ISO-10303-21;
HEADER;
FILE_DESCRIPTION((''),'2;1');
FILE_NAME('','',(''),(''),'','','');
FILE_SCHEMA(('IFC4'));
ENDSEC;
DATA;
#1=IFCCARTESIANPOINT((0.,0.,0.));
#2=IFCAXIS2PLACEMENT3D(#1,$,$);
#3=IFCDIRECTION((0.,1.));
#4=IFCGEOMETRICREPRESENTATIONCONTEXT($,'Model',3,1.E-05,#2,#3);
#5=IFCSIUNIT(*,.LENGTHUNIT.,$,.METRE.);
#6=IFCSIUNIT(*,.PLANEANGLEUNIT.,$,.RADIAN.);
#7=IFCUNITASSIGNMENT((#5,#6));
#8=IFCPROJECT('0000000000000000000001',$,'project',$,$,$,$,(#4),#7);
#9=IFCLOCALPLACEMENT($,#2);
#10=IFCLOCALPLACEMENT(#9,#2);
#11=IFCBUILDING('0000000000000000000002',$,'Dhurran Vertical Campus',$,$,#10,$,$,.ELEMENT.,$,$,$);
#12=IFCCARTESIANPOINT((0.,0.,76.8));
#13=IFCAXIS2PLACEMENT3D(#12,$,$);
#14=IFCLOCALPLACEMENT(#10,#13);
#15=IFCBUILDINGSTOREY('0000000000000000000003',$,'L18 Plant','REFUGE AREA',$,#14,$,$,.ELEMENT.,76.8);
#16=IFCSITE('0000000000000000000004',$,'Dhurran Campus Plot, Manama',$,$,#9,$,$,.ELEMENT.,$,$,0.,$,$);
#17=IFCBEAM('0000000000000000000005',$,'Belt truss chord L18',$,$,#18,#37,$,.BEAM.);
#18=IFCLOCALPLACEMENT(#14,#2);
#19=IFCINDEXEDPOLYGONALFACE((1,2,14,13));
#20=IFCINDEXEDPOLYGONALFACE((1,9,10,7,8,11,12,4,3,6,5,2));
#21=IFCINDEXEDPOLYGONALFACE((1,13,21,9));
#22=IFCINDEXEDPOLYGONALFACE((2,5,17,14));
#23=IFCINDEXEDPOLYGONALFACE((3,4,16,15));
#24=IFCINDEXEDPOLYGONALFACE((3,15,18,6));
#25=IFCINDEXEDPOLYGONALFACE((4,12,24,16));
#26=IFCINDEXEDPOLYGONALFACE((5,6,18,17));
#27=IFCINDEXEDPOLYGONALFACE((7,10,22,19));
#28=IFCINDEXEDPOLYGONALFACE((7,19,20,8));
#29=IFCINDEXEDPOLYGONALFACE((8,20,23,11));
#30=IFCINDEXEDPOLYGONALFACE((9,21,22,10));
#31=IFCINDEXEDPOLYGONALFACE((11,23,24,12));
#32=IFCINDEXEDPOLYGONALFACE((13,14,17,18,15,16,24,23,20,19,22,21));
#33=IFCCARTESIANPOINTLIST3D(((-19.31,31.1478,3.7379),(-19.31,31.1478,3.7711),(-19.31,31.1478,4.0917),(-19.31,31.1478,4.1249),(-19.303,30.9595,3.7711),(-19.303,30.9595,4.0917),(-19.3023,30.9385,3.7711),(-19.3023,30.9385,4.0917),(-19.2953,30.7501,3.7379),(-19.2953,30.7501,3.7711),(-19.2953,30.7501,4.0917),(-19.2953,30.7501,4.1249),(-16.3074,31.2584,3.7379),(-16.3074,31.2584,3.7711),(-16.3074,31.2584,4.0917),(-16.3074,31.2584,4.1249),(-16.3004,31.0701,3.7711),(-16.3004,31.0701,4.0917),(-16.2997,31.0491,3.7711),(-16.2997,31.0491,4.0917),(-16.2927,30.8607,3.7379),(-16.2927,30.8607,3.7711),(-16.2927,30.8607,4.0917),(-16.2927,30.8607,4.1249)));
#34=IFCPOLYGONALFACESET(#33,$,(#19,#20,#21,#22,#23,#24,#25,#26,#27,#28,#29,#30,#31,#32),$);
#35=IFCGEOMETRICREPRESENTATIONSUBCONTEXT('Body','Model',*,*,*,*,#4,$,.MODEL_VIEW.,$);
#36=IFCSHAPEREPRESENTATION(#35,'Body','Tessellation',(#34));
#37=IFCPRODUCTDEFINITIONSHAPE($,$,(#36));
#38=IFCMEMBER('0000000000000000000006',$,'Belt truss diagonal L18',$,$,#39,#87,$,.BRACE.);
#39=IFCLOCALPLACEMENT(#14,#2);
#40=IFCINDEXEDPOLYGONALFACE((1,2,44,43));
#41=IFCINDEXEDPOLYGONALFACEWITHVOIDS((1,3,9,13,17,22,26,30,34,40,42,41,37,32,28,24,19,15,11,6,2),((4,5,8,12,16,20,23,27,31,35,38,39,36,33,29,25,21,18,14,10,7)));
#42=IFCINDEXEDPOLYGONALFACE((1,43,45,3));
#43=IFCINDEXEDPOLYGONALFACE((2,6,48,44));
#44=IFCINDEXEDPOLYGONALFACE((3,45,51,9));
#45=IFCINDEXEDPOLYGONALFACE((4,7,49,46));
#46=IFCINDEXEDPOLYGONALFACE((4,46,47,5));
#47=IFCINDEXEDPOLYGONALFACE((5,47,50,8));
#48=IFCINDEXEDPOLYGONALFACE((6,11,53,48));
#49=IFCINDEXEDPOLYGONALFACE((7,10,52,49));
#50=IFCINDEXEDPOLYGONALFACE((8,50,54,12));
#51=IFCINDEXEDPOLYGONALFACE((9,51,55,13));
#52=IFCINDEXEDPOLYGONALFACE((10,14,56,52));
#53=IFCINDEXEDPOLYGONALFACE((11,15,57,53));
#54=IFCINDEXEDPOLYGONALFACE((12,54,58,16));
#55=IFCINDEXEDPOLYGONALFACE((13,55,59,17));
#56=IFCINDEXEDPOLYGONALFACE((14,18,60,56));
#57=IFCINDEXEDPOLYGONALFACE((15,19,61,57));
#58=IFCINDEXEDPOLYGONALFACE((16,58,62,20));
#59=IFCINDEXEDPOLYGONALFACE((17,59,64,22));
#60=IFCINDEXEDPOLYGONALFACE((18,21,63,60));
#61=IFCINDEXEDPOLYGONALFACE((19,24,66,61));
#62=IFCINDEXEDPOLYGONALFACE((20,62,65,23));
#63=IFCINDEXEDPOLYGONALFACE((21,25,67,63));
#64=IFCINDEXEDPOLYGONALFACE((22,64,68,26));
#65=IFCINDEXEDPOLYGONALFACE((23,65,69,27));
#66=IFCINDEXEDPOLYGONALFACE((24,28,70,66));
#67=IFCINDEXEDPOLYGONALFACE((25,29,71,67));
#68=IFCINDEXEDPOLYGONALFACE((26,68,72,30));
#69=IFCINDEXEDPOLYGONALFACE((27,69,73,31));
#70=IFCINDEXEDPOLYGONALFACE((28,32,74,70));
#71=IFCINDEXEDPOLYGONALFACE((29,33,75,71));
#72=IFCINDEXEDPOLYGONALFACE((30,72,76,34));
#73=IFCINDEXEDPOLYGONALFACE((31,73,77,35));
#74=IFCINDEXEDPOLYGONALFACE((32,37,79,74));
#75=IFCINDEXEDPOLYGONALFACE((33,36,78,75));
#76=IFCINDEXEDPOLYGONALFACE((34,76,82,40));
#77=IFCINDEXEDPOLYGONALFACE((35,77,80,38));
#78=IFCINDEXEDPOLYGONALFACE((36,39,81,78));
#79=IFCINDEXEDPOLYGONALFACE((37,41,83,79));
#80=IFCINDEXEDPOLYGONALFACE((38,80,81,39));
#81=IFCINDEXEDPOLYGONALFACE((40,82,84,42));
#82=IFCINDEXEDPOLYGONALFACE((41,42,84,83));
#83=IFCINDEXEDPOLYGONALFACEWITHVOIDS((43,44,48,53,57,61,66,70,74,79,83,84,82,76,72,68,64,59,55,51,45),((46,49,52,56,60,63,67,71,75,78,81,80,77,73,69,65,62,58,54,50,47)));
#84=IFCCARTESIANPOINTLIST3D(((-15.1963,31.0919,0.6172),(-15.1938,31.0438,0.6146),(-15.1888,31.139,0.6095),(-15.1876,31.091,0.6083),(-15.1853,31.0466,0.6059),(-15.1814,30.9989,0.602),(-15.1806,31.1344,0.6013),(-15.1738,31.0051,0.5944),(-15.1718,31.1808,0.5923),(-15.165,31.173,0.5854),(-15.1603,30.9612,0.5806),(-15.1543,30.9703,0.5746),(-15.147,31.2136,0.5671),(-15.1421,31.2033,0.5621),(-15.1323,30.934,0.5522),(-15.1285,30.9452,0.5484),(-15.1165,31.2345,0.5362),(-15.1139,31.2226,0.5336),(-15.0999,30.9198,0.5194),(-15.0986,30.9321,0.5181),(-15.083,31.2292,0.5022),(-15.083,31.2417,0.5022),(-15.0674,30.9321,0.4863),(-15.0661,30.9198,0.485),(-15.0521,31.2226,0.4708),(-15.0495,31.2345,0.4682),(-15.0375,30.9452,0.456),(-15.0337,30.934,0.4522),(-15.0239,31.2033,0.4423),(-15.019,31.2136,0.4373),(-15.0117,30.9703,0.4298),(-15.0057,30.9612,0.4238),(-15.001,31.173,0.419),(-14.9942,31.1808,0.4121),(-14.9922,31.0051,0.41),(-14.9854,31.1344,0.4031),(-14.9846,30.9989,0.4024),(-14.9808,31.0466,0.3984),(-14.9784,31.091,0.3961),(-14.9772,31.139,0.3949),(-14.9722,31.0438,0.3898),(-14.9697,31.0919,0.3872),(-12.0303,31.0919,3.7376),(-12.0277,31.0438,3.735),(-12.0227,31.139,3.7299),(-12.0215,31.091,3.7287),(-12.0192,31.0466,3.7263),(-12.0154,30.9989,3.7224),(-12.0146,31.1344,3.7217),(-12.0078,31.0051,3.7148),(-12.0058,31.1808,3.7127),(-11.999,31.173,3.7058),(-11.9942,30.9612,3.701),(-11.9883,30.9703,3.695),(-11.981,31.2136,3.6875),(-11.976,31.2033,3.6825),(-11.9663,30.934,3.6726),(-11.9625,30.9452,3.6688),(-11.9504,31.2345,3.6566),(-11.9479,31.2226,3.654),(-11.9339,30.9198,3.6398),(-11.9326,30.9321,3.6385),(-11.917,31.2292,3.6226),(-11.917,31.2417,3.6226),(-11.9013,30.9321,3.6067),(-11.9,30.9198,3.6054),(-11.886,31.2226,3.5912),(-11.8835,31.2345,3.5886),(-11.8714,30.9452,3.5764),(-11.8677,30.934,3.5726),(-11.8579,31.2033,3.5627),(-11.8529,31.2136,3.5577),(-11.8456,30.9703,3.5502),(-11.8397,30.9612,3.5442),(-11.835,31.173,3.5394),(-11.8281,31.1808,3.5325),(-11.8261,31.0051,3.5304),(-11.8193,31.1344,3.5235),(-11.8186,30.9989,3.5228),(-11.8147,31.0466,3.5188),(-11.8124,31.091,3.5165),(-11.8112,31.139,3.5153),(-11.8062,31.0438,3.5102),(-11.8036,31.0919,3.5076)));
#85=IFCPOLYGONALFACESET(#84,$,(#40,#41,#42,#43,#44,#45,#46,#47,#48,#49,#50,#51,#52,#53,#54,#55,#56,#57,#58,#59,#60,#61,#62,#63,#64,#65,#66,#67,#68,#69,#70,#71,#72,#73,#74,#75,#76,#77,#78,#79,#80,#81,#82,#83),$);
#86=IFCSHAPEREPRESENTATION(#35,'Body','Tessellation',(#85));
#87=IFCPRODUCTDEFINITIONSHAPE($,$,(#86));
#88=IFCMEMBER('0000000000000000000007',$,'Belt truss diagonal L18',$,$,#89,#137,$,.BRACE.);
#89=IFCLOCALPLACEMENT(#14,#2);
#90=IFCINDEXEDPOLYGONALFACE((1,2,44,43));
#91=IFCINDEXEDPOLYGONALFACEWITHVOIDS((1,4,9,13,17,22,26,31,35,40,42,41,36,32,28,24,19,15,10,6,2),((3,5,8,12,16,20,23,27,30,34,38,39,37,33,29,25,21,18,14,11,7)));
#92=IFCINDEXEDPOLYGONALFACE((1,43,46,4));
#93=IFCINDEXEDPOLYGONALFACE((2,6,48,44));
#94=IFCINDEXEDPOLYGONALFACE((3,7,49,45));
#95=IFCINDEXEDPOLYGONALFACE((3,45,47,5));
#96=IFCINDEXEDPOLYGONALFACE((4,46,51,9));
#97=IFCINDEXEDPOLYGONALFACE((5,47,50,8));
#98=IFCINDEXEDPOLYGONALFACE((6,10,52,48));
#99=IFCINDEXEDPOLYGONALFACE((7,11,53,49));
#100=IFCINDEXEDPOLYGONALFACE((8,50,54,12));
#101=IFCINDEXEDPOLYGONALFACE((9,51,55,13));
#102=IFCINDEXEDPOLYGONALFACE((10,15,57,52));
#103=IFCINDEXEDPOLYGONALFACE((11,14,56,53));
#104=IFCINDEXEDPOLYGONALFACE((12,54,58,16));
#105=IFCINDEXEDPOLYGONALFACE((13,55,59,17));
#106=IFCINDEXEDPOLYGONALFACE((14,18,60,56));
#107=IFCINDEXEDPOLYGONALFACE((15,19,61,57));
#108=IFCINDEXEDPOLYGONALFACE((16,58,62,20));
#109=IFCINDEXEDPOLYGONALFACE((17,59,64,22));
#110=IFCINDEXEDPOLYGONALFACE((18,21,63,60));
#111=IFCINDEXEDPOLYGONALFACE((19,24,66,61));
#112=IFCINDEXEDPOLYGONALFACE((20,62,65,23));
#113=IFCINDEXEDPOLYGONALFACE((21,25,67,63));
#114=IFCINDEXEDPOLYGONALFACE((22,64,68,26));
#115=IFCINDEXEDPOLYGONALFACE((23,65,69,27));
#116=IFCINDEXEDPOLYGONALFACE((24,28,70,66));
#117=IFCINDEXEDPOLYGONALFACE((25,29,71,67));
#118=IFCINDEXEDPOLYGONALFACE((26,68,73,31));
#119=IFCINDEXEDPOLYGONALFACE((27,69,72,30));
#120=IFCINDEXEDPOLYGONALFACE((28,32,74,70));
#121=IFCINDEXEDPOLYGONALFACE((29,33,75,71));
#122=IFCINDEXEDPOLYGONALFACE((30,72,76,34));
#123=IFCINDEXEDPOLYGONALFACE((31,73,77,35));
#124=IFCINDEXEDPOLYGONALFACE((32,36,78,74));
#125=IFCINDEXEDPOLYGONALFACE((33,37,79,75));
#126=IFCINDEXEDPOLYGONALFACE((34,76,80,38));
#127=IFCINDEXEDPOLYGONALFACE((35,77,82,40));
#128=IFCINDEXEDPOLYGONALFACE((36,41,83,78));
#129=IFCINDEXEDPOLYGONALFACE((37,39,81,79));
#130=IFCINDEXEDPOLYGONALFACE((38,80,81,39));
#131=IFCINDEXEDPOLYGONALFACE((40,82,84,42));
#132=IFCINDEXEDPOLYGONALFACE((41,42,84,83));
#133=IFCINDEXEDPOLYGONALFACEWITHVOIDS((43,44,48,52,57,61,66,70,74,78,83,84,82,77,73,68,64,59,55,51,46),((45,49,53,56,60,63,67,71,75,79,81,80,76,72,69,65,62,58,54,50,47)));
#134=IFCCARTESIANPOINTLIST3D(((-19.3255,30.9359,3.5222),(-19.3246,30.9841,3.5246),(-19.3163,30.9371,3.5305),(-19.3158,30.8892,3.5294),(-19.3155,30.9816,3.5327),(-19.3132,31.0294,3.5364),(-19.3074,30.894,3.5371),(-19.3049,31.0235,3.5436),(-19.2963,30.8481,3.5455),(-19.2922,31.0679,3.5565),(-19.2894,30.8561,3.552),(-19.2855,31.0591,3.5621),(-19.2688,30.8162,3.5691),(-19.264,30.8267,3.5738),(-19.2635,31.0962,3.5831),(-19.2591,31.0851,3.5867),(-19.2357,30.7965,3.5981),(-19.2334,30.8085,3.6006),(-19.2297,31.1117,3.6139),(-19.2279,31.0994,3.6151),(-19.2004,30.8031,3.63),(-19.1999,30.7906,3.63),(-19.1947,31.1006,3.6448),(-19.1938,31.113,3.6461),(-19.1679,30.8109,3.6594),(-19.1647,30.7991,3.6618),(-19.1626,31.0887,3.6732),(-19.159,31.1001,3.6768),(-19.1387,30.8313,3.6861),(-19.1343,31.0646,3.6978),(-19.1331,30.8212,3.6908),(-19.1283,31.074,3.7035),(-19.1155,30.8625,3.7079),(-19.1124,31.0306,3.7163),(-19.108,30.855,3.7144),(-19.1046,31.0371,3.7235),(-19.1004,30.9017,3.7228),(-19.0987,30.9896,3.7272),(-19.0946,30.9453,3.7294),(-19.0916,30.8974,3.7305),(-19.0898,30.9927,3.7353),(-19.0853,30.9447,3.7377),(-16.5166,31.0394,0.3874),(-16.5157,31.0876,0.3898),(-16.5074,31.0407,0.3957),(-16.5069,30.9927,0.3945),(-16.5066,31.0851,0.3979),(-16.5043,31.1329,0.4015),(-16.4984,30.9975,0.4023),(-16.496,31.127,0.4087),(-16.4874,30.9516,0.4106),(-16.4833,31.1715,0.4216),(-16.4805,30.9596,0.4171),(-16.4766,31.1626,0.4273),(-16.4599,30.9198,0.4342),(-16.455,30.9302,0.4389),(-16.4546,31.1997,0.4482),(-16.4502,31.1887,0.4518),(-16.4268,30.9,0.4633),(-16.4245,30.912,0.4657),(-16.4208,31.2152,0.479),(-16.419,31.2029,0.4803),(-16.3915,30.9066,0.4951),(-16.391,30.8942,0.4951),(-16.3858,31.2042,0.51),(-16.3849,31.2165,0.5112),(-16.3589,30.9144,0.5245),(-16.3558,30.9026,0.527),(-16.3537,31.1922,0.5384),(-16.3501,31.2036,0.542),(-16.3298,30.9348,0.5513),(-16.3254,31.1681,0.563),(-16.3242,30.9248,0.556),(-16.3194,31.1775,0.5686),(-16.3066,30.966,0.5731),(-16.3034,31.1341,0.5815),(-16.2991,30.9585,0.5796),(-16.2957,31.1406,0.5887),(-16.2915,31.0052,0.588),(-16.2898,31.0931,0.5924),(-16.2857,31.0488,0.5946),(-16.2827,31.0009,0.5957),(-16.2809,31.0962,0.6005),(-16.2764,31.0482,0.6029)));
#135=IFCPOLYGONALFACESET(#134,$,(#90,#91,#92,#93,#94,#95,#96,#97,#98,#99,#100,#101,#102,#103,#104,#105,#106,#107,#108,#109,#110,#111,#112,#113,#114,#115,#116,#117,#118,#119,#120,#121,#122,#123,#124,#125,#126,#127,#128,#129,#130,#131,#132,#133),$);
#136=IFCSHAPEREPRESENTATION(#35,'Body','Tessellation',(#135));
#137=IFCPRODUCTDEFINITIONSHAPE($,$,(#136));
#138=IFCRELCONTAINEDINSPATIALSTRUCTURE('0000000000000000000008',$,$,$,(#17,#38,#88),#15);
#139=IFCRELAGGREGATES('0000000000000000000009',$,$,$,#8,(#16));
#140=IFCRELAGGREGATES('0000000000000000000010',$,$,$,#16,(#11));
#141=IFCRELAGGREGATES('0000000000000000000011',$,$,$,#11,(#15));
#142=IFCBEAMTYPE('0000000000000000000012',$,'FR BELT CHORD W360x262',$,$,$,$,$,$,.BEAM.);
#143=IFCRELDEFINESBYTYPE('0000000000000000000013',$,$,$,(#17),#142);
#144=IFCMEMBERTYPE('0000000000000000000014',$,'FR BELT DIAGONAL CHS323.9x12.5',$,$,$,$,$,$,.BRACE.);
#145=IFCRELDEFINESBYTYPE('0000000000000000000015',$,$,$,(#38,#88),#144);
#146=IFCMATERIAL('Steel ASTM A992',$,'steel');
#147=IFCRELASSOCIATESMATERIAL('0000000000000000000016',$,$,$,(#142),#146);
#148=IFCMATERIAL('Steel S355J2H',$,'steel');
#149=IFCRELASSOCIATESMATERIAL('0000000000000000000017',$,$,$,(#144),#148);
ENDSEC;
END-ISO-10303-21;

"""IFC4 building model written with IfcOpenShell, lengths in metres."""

from ifc_helpers import new_model, si_unit, direction, frame, origin, origin_2d, place, context, subcontext, project, spatial, hollow_circle, i_section, extrude, material, material_profile, profile_set, type_object, element, save


model = new_model("IFC4")

# Units and contexts
model_context = context("Model", 3, precision=1e-05, world=origin(), true_north=direction((0.0, 1.0)))
body_context = subcontext(model_context, "Body", "Model", "MODEL_VIEW")
ifc_project = project(units=[si_unit("LENGTHUNIT", "METRE"), si_unit("PLANEANGLEUNIT", "RADIAN")], contexts=[model_context])

# Site, building, storey
site_placement = place(None, origin())
site = spatial("IfcSite", under=ifc_project, at=site_placement, Name="Dhurran Campus Plot, Manama", CompositionType="ELEMENT", RefElevation=0.0)
building_placement = place(site_placement, origin())
building = spatial("IfcBuilding", under=site, at=building_placement, Name="Dhurran Vertical Campus", CompositionType="ELEMENT")
storey_placement = place(building_placement, frame((0.0, 0.0, 76.8)))
storey = spatial("IfcBuildingStorey", under=building, at=storey_placement, Name="L18 Plant", Description="REFUGE AREA", CompositionType="ELEMENT", Elevation=76.8)

# Beam
ifc_material_1 = material(Name="Steel ASTM A992", Category="steel")
ifc_material_profile_1 = material_profile(ifc_material_1, i_section(OverallWidth=0.3979, OverallDepth=0.387, WebThickness=0.021, FlangeThickness=0.0332, at=origin_2d()), Name="W360x262")
ifc_profile_set_1 = profile_set([ifc_material_profile_1], Name="Steel ASTM A992")
beam_type = type_object("IfcBeamType", Name="FR BELT CHORD W360x262", PredefinedType="BEAM", material=ifc_profile_set_1)
for number, where, z_axis, x_axis, name in (
    (1, (-16.3, 31.0596, 3.9314), (-0.999322, -0.036807, 0.0), (0.036807, -0.999322, 0.0), "Belt truss chord L18"),
):
    element("IfcBeam", number, at=place(storey_placement, frame(where, z_axis=z_axis, x_axis=x_axis)), inside=storey, type_object=beam_type, Name=name, PredefinedType="BEAM", context=body_context, shape_type="SweptSolid", body=[
        extrude(i_section(OverallWidth=0.3979, OverallDepth=0.387, WebThickness=0.021, FlangeThickness=0.0332, at=origin_2d()), origin(), (0.0, 0.0, 1.0), 3.0046),
    ])

# Members
ifc_material_2 = material(Name="Steel S355J2H", Category="steel")
ifc_material_profile_2 = material_profile(ifc_material_2, hollow_circle(Radius=0.1619, WallThickness=0.0125, at=origin_2d()), Name="CHS323.9x12.5")
ifc_profile_set_2 = profile_set([ifc_material_profile_2], Name="Steel S355J2H")
member_type = type_object("IfcMemberType", Name="FR BELT DIAGONAL CHS323.9x12.5", PredefinedType="BRACE", material=ifc_profile_set_2)
member_1_placement = place(storey_placement, frame((-15.083, 31.0798, 0.5022), z_axis=(0.712223, 0.0, 0.701953), x_axis=(0.0, 1.0, 0.0)))
element("IfcMember", 2, at=member_1_placement, inside=storey, type_object=member_type, Name="Belt truss diagonal L18", PredefinedType="BRACE", context=body_context, shape_type="SweptSolid", body=[
    extrude(hollow_circle(Radius=0.1619, WallThickness=0.0125, at=origin_2d()), origin(), (0.0, 0.0, 1.0), 4.4453),
])
member_2_placement = place(storey_placement, frame((-16.397, 31.0559, 0.4951), z_axis=(-0.667127, -0.024586, 0.744538), x_axis=(0.036829, -0.999322, 0.0)))
element("IfcMember", 3, at=member_2_placement, inside=storey, type_object=member_type, Name="Belt truss diagonal L18", PredefinedType="BRACE", context=body_context, shape_type="SweptSolid", body=[
    extrude(hollow_circle(Radius=0.1619, WallThickness=0.0125, at=origin_2d()), origin(), (0.0, 0.0, 1.0), 4.2104),
])

save(model, "model.ifc")
